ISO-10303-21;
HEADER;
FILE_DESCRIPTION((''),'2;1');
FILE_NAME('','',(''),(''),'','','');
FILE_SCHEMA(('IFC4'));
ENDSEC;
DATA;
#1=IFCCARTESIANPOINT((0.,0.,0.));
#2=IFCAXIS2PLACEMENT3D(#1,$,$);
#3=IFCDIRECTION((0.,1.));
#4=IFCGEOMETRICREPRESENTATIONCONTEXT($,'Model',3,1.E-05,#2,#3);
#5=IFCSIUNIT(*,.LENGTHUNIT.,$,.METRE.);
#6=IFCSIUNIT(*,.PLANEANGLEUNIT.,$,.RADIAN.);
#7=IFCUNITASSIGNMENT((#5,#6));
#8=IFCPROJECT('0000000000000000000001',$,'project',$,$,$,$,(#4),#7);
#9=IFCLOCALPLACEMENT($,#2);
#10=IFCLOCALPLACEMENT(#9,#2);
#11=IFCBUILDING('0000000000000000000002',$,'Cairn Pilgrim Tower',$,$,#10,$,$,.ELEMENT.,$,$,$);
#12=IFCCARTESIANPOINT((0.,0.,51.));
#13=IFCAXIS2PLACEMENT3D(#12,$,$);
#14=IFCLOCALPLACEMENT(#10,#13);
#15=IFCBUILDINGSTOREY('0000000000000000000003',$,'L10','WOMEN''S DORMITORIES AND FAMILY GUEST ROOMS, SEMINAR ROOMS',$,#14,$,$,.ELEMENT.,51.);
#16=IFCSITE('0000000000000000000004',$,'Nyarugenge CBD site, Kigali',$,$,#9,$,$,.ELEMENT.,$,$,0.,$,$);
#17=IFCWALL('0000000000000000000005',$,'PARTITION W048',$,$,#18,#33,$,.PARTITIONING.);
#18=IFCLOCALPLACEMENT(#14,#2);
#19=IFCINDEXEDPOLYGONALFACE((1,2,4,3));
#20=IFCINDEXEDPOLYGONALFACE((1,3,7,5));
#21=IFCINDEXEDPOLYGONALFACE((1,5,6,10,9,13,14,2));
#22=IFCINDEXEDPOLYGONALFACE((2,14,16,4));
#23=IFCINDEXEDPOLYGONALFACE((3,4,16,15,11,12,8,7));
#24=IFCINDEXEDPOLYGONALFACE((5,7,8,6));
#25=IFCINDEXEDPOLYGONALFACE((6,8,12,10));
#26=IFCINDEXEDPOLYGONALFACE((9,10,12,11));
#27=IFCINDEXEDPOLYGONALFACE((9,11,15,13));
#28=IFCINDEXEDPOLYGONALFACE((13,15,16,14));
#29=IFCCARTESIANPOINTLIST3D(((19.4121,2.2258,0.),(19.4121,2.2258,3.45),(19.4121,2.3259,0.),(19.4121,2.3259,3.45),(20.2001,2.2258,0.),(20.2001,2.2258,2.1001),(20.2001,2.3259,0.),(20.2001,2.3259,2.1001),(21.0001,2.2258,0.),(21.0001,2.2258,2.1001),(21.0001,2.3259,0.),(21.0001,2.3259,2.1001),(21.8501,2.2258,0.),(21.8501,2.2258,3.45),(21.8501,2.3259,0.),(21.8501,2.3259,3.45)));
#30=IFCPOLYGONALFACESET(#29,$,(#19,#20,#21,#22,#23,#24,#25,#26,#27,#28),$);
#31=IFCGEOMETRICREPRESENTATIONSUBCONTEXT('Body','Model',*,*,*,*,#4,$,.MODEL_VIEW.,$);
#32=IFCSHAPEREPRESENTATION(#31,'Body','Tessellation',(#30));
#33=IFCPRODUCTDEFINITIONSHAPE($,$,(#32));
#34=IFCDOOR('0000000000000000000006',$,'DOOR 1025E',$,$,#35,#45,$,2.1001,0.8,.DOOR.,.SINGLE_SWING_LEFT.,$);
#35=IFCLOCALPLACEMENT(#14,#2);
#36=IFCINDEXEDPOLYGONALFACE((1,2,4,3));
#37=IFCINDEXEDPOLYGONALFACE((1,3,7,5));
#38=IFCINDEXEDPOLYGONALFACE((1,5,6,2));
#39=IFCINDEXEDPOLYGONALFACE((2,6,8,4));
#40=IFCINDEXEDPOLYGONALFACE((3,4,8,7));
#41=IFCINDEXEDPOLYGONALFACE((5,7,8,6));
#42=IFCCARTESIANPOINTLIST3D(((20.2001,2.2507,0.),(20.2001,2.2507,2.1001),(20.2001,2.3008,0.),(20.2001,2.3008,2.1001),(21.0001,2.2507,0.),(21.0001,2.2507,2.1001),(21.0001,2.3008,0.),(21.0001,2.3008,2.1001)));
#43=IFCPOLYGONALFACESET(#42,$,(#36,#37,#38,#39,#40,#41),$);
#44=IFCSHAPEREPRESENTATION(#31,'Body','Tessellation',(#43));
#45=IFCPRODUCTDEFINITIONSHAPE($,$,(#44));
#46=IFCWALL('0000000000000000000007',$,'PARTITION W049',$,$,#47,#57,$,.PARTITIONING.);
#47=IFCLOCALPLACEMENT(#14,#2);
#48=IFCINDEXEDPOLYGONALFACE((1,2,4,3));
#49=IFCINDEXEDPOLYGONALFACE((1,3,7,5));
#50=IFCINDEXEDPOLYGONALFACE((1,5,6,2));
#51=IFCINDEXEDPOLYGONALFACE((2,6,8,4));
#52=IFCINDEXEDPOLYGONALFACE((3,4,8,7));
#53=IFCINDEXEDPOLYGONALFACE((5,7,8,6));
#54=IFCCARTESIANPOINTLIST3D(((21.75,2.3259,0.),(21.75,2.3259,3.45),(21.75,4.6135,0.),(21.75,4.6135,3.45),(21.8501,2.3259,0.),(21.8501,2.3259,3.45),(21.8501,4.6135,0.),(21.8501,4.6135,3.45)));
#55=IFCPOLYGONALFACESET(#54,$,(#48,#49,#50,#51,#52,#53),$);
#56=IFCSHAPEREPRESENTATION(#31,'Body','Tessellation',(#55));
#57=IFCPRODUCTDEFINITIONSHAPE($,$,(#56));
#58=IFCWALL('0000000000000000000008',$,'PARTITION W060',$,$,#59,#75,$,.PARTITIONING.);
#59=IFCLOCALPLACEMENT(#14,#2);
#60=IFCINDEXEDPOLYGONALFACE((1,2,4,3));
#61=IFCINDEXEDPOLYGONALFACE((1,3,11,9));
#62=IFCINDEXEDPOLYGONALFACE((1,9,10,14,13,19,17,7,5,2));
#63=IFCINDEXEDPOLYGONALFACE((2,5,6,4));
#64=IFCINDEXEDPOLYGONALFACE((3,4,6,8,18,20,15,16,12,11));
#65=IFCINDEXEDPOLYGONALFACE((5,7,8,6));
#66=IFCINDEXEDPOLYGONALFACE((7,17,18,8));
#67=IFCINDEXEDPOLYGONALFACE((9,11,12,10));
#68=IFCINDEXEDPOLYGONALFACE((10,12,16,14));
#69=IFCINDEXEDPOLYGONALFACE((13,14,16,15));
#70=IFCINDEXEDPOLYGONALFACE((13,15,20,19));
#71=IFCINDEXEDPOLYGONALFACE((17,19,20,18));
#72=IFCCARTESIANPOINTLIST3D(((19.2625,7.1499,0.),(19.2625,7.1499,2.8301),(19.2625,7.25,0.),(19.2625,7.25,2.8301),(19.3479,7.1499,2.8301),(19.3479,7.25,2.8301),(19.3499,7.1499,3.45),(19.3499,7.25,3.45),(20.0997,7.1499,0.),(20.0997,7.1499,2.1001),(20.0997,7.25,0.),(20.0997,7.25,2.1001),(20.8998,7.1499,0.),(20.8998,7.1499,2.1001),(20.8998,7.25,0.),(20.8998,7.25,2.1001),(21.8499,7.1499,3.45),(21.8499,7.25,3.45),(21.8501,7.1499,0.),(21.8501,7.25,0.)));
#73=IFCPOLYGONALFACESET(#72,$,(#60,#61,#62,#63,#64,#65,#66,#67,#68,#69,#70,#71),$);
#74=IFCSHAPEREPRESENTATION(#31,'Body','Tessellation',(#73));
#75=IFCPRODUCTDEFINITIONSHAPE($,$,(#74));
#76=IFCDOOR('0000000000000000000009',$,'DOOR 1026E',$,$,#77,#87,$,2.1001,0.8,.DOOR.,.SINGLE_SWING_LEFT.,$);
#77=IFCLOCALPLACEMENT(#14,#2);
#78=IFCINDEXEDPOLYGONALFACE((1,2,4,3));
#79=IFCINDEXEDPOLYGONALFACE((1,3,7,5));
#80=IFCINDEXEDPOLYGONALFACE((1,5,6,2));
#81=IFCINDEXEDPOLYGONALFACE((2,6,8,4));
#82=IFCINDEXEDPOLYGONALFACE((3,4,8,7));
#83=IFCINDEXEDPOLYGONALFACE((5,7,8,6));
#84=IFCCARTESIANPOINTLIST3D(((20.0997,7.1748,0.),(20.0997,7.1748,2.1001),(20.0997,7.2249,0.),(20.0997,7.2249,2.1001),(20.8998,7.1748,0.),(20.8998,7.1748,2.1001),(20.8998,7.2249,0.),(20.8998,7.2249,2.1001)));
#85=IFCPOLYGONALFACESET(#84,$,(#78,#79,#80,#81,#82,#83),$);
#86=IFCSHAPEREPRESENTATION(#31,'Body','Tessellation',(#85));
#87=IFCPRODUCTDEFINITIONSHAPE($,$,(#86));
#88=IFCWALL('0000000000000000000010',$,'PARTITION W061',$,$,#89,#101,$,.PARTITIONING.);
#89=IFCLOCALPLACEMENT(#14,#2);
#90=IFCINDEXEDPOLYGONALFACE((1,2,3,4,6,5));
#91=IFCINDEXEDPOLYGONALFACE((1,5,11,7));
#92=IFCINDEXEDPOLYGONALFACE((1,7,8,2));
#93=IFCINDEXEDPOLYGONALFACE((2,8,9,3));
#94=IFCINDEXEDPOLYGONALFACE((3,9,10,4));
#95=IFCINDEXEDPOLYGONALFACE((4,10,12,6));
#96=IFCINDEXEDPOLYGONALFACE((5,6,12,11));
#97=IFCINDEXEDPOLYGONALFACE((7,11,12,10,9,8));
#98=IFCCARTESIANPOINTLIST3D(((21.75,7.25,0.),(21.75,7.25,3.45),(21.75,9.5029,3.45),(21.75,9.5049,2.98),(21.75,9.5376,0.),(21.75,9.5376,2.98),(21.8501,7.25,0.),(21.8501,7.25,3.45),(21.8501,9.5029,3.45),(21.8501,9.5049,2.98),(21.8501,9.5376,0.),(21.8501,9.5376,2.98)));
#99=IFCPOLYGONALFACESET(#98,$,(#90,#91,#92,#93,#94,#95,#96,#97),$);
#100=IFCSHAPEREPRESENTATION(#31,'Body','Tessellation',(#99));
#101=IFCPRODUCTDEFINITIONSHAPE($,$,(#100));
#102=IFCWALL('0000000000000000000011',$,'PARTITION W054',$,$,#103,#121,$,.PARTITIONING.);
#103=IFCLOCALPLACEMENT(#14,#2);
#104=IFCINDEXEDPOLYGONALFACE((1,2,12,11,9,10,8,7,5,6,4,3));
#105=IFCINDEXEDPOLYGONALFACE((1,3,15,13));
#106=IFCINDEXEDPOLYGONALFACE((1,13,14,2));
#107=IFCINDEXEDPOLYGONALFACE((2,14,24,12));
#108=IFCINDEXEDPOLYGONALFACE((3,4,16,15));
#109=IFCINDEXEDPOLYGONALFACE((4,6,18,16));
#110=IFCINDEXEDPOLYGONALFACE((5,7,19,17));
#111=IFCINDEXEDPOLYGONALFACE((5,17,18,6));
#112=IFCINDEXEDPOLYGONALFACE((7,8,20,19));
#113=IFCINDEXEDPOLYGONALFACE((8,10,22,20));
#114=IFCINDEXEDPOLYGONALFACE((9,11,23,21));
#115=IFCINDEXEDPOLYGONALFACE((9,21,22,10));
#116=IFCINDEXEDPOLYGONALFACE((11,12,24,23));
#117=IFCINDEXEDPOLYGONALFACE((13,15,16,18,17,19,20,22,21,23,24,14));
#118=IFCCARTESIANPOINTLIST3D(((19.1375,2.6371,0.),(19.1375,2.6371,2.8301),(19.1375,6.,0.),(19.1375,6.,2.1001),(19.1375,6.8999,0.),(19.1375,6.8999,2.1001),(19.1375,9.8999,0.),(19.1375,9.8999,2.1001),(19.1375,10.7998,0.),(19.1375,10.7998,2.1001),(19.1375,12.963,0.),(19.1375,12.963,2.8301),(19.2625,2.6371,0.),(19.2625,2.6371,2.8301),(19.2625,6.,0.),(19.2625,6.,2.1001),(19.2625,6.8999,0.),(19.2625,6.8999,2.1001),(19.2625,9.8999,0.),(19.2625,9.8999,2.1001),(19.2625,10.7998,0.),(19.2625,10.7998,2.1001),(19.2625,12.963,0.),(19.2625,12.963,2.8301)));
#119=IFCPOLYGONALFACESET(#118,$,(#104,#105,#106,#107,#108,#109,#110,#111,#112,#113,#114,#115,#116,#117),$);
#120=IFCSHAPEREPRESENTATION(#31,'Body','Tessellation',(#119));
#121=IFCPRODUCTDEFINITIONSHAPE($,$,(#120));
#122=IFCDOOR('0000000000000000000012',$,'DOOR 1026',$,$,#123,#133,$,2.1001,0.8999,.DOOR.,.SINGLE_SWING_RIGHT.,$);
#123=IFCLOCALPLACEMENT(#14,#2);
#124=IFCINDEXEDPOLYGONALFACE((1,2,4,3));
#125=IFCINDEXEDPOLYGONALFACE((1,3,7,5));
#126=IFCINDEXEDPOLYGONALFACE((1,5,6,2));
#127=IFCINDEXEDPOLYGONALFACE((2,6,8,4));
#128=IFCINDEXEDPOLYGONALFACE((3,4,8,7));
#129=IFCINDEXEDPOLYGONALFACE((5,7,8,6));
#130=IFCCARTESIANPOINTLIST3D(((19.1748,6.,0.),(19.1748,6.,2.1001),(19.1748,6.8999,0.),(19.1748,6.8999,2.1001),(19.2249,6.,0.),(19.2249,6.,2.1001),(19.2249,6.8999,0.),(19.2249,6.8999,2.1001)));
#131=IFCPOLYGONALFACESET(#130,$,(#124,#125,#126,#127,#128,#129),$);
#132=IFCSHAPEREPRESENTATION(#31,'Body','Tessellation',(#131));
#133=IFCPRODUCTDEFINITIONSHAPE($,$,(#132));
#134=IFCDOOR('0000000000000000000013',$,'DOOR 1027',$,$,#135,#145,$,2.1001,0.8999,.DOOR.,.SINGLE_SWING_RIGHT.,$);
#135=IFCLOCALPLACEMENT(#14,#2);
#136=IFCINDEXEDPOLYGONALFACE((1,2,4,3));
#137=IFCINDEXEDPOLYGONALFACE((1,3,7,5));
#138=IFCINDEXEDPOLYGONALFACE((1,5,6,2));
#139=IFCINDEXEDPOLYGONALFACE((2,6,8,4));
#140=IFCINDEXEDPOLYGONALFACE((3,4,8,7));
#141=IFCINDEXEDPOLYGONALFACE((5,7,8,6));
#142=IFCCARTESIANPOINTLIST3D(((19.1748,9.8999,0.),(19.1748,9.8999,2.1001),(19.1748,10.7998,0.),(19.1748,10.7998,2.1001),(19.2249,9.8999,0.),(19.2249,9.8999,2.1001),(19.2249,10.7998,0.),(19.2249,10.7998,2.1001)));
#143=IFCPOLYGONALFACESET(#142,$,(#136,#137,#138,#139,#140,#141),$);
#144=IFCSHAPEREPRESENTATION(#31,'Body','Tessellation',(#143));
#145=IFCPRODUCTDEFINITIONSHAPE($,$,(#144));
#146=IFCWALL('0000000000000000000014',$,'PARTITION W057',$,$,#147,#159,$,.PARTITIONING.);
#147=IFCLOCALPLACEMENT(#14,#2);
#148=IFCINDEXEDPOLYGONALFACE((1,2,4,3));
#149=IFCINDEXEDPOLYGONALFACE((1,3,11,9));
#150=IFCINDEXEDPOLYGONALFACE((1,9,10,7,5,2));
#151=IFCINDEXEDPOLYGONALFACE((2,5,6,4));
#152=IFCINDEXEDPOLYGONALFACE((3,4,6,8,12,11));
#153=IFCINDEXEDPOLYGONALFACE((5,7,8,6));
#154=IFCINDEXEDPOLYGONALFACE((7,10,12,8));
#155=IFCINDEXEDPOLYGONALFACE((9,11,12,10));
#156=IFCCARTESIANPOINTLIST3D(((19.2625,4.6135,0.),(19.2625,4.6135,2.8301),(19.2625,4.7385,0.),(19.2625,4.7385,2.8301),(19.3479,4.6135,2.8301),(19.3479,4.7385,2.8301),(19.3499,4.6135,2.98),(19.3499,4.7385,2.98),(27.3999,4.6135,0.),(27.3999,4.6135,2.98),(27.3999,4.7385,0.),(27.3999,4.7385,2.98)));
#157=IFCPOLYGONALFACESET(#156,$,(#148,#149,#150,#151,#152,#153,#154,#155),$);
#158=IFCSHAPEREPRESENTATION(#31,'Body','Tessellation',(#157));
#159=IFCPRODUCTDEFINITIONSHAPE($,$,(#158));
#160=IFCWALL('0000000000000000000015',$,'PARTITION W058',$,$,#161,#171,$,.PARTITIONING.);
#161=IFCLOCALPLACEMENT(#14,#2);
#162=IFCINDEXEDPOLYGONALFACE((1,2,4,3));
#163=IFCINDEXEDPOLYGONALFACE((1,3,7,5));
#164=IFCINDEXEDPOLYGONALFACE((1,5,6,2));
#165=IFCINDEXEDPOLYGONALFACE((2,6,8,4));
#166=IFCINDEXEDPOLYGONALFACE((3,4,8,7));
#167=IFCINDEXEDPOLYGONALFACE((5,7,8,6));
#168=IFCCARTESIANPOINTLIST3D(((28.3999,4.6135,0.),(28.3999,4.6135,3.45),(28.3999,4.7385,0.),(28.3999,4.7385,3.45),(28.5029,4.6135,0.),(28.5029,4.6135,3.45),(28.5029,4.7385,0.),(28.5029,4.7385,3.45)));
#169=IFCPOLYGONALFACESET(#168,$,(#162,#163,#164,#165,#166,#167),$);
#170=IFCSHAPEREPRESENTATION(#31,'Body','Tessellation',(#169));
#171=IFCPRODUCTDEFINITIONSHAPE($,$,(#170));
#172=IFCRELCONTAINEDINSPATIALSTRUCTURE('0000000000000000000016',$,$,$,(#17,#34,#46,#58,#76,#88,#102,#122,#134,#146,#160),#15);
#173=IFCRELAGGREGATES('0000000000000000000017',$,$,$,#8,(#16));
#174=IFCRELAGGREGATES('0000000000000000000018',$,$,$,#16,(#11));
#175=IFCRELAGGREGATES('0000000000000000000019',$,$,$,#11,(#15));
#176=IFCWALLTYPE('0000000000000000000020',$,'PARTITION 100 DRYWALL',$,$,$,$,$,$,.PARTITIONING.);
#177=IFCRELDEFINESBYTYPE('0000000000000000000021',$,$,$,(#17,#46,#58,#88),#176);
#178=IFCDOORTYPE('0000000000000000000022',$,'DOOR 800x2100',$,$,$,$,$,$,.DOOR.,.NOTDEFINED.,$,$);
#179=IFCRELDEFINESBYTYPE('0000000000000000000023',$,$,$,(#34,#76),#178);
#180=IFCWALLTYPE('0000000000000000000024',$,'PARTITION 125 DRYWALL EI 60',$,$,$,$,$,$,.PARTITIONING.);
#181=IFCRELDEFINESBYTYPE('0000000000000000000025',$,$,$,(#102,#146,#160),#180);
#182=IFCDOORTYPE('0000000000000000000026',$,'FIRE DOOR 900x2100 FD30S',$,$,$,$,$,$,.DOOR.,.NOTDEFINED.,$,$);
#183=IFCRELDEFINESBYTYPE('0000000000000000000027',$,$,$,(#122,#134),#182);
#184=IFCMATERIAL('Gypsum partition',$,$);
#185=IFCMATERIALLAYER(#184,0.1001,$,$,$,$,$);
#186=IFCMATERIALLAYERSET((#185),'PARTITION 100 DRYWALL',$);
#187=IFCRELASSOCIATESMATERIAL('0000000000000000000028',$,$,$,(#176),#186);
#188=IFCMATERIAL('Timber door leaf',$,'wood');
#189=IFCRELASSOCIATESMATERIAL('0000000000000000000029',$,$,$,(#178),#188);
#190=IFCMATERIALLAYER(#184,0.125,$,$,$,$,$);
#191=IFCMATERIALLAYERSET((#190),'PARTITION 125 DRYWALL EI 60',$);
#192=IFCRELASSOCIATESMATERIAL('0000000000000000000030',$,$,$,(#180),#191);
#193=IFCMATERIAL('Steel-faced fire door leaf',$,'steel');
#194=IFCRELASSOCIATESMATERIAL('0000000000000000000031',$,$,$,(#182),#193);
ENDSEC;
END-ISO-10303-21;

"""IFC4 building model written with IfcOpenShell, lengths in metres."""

from ifc_helpers import new_model, si_unit, direction, frame, frame_2d, origin, place, context, subcontext, project, spatial, polyline, rectangle, outline, extrude, material, layer, layer_set, type_object, element, fill, save


model = new_model("IFC4")

# Units and contexts
model_context = context("Model", 3, precision=1e-05, world=origin(), true_north=direction((0.0, 1.0)))
body_context = subcontext(model_context, "Body", "Model", "MODEL_VIEW")
ifc_project = project(units=[si_unit("LENGTHUNIT", "METRE"), si_unit("PLANEANGLEUNIT", "RADIAN")], contexts=[model_context])

# Site, building, storey
site_placement = place(None, origin())
site = spatial("IfcSite", under=ifc_project, at=site_placement, Name="Nyarugenge CBD site, Kigali", CompositionType="ELEMENT", RefElevation=0.0)
building_placement = place(site_placement, origin())
building = spatial("IfcBuilding", under=site, at=building_placement, Name="Cairn Pilgrim Tower", CompositionType="ELEMENT")
storey_placement = place(building_placement, frame((0.0, 0.0, 51.0)))
storey = spatial("IfcBuildingStorey", under=building, at=storey_placement, Name="L10", Description="WOMEN'S DORMITORIES AND FAMILY GUEST ROOMS, SEMINAR ROOMS", CompositionType="ELEMENT", Elevation=51.0)

# Wall, opening, door
ifc_material_1 = material(Name="Gypsum partition")
ifc_layer_1 = layer(ifc_material_1, 0.1001)
ifc_layer_set_1 = layer_set([ifc_layer_1], Name="PARTITION 100 DRYWALL")
wall_type_1 = type_object("IfcWallType", Name="PARTITION 100 DRYWALL", PredefinedType="PARTITIONING", material=ifc_layer_set_1)
wall_1_placement = place(storey_placement, frame((19.4121, 2.2759, 0.0), z_axis=(0.0, 0.0, 1.0), x_axis=(1.0, 0.0, 0.0)))
wall_1 = element("IfcWall", 1, at=wall_1_placement, inside=storey, type_object=wall_type_1, Name="PARTITION W048", PredefinedType="PARTITIONING", context=body_context, shape_type="SweptSolid", body=[
    extrude(rectangle(XDim=2.438, YDim=0.1001, at=frame_2d((1.219, 0.0))), origin(), (0.0, 0.0, 1.0), 3.45),
])
opening_1_placement = place(wall_1_placement, frame((0.7881, 0.0, 0.0)))
opening_1 = element("IfcOpeningElement", 2, at=opening_1_placement, cuts=wall_1, PredefinedType="OPENING", context=body_context, shape_type="SweptSolid", body=[
    extrude(rectangle(XDim=0.8, YDim=2.1001, at=frame_2d((0.3999, 1.05))), frame((0.0, 0.0601, 0.0), z_axis=(0.0, -1.0, 0.0), x_axis=(1.0, 0.0, 0.0)), (0.0, 0.0, 1.0), 0.1201),
])
ifc_material_2 = material(Name="Timber door leaf", Category="wood")
door_type_1 = type_object("IfcDoorType", Name="DOOR 800x2100", OperationType="NOTDEFINED", PredefinedType="DOOR", material=ifc_material_2)
door_1_placement = place(opening_1_placement, origin())
door_1 = element("IfcDoor", 3, at=door_1_placement, inside=storey, type_object=door_type_1, Name="DOOR 1025E", OperationType="SINGLE_SWING_LEFT", OverallHeight=2.1001, OverallWidth=0.8, PredefinedType="DOOR", context=body_context, shape_type="SweptSolid", body=[
    extrude(rectangle(XDim=0.8, YDim=2.1001, at=frame_2d((0.3999, 1.05))), frame((0.0, 0.0249, 0.0), z_axis=(0.0, -1.0, 0.0), x_axis=(1.0, 0.0, 0.0)), (0.0, 0.0, 1.0), 0.05),
])
fill(opening_1, door_1)

# Wall
wall_2_placement = place(storey_placement, frame((21.8, 2.3259, 0.0), z_axis=(0.0, 0.0, 1.0), x_axis=(0.0, 1.0, 0.0)))
element("IfcWall", 4, at=wall_2_placement, inside=storey, type_object=wall_type_1, Name="PARTITION W049", PredefinedType="PARTITIONING", context=body_context, shape_type="SweptSolid", body=[
    extrude(rectangle(XDim=2.2876, YDim=0.1001, at=frame_2d((1.1438, 0.0))), origin(), (0.0, 0.0, 1.0), 3.45),
])

# Wall, opening, door
wall_3_placement = place(storey_placement, frame((19.2625, 7.2, 0.0), z_axis=(0.0, 0.0, 1.0), x_axis=(1.0, 0.0, 0.0)))
wall_3 = element("IfcWall", 5, at=wall_3_placement, inside=storey, type_object=wall_type_1, Name="PARTITION W060", PredefinedType="PARTITIONING", context=body_context, shape_type="SweptSolid", body=[
    extrude(outline(polyline([(0.0, 0.0), (2.5876, 0.0), (2.5874, 3.45), (0.0874, 3.45), (0.0854, 2.8301), (0.0, 2.8301), (0.0, 0.0)])), frame((0.0, 0.05, 0.0), z_axis=(0.0, -1.0, 0.0), x_axis=(1.0, 0.0, 0.0)), (0.0, 0.0, 1.0), 0.1001),
])
opening_2_placement = place(wall_3_placement, frame((0.8374, 0.0, 0.0)))
opening_2 = element("IfcOpeningElement", 6, at=opening_2_placement, cuts=wall_3, PredefinedType="OPENING", context=body_context, shape_type="SweptSolid", body=[
    extrude(rectangle(XDim=0.8, YDim=2.1001, at=frame_2d((0.3999, 1.05))), frame((0.0, 0.0601, 0.0), z_axis=(0.0, -1.0, 0.0), x_axis=(1.0, 0.0, 0.0)), (0.0, 0.0, 1.0), 0.1201),
])
door_2_placement = place(opening_2_placement, origin())
door_2 = element("IfcDoor", 7, at=door_2_placement, inside=storey, type_object=door_type_1, Name="DOOR 1026E", OperationType="SINGLE_SWING_LEFT", OverallHeight=2.1001, OverallWidth=0.8, PredefinedType="DOOR", context=body_context, shape_type="SweptSolid", body=[
    extrude(rectangle(XDim=0.8, YDim=2.1001, at=frame_2d((0.3999, 1.05))), frame((0.0, 0.0249, 0.0), z_axis=(0.0, -1.0, 0.0), x_axis=(1.0, 0.0, 0.0)), (0.0, 0.0, 1.0), 0.05),
])
fill(opening_2, door_2)

# Wall
wall_4_placement = place(storey_placement, frame((21.8, 7.25, 0.0), z_axis=(0.0, 0.0, 1.0), x_axis=(0.0, 1.0, 0.0)))
element("IfcWall", 8, at=wall_4_placement, inside=storey, type_object=wall_type_1, Name="PARTITION W061", PredefinedType="PARTITIONING", context=body_context, shape_type="SweptSolid", body=[
    extrude(outline(polyline([(0.0, 0.0), (2.2876, 0.0), (2.2876, 2.98), (2.2549, 2.98), (2.2529, 3.45), (0.0, 3.45), (0.0, 0.0)])), frame((0.0, 0.05, 0.0), z_axis=(0.0, -1.0, 0.0), x_axis=(1.0, 0.0, 0.0)), (0.0, 0.0, 1.0), 0.1001),
])

# Wall, openings, doors
ifc_layer_2 = layer(ifc_material_1, 0.125)
ifc_layer_set_2 = layer_set([ifc_layer_2], Name="PARTITION 125 DRYWALL EI 60")
wall_type_2 = type_object("IfcWallType", Name="PARTITION 125 DRYWALL EI 60", PredefinedType="PARTITIONING", material=ifc_layer_set_2)
wall_5_placement = place(storey_placement, frame((19.2, 2.637, 0.0), z_axis=(0.0, 0.0, 1.0), x_axis=(0.0, 1.0, 0.0)))
wall_5 = element("IfcWall", 9, at=wall_5_placement, inside=storey, type_object=wall_type_2, Name="PARTITION W054", PredefinedType="PARTITIONING", context=body_context, shape_type="SweptSolid", body=[
    extrude(rectangle(XDim=10.3259, YDim=0.125, at=frame_2d((5.1631, 0.0))), origin(), (0.0, 0.0, 1.0), 2.8301),
])
opening_3_placement = place(wall_5_placement, frame((3.363, 0.0, 0.0)))
opening_3 = element("IfcOpeningElement", 10, at=opening_3_placement, cuts=wall_5, PredefinedType="OPENING", context=body_context, shape_type="SweptSolid", body=[
    extrude(rectangle(XDim=0.8999, YDim=2.1001, at=frame_2d((0.45, 1.05))), frame((0.0, 0.0725, 0.0), z_axis=(0.0, -1.0, 0.0), x_axis=(1.0, 0.0, 0.0)), (0.0, 0.0, 1.0), 0.145),
])
opening_4_placement = place(wall_5_placement, frame((7.2629, 0.0, 0.0)))
opening_4 = element("IfcOpeningElement", 11, at=opening_4_placement, cuts=wall_5, PredefinedType="OPENING", context=body_context, shape_type="SweptSolid", body=[
    extrude(rectangle(XDim=0.8999, YDim=2.1001, at=frame_2d((0.45, 1.05))), frame((0.0, 0.0725, 0.0), z_axis=(0.0, -1.0, 0.0), x_axis=(1.0, 0.0, 0.0)), (0.0, 0.0, 1.0), 0.145),
])
ifc_material_3 = material(Name="Steel-faced fire door leaf", Category="steel")
door_type_2 = type_object("IfcDoorType", Name="FIRE DOOR 900x2100 FD30S", OperationType="NOTDEFINED", PredefinedType="DOOR", material=ifc_material_3)
door_3_placement = place(opening_3_placement, frame((0.8999, 0.0, 0.0), z_axis=(0.0, 0.0, 1.0), x_axis=(-1.0, 0.0, 0.0)))
door_3 = element("IfcDoor", 12, at=door_3_placement, inside=storey, type_object=door_type_2, Name="DOOR 1026", OperationType="SINGLE_SWING_RIGHT", OverallHeight=2.1001, OverallWidth=0.8999, PredefinedType="DOOR", context=body_context, shape_type="SweptSolid", body=[
    extrude(rectangle(XDim=0.8999, YDim=2.1001, at=frame_2d((0.45, 1.05))), frame((0.0, 0.0249, 0.0), z_axis=(0.0, -1.0, 0.0), x_axis=(1.0, 0.0, 0.0)), (0.0, 0.0, 1.0), 0.05),
])
fill(opening_3, door_3)
door_4_placement = place(opening_4_placement, frame((0.8999, 0.0, 0.0), z_axis=(0.0, 0.0, 1.0), x_axis=(-1.0, 0.0, 0.0)))
door_4 = element("IfcDoor", 13, at=door_4_placement, inside=storey, type_object=door_type_2, Name="DOOR 1027", OperationType="SINGLE_SWING_RIGHT", OverallHeight=2.1001, OverallWidth=0.8999, PredefinedType="DOOR", context=body_context, shape_type="SweptSolid", body=[
    extrude(rectangle(XDim=0.8999, YDim=2.1001, at=frame_2d((0.45, 1.05))), frame((0.0, 0.0249, 0.0), z_axis=(0.0, -1.0, 0.0), x_axis=(1.0, 0.0, 0.0)), (0.0, 0.0, 1.0), 0.05),
])
fill(opening_4, door_4)

# Walls
wall_6_placement = place(storey_placement, frame((19.2625, 4.676, 0.0), z_axis=(0.0, 0.0, 1.0), x_axis=(1.0, 0.0, 0.0)))
element("IfcWall", 14, at=wall_6_placement, inside=storey, type_object=wall_type_2, Name="PARTITION W057", PredefinedType="PARTITIONING", context=body_context, shape_type="SweptSolid", body=[
    extrude(outline(polyline([(0.0, 0.0), (8.1375, 0.0), (8.1375, 2.98), (0.0874, 2.98), (0.0854, 2.8301), (0.0, 2.8301), (0.0, 0.0)])), frame((0.0, 0.0625, 0.0), z_axis=(0.0, -1.0, 0.0), x_axis=(1.0, 0.0, 0.0)), (0.0, 0.0, 1.0), 0.125),
])
wall_7_placement = place(storey_placement, frame((28.3999, 4.676, 0.0), z_axis=(0.0, 0.0, 1.0), x_axis=(1.0, 0.0, 0.0)))
element("IfcWall", 15, at=wall_7_placement, inside=storey, type_object=wall_type_2, Name="PARTITION W058", PredefinedType="PARTITIONING", context=body_context, shape_type="SweptSolid", body=[
    extrude(rectangle(XDim=0.103, YDim=0.125, at=frame_2d((0.0515, 0.0))), origin(), (0.0, 0.0, 1.0), 3.45),
])

save(model, "model.ifc")
